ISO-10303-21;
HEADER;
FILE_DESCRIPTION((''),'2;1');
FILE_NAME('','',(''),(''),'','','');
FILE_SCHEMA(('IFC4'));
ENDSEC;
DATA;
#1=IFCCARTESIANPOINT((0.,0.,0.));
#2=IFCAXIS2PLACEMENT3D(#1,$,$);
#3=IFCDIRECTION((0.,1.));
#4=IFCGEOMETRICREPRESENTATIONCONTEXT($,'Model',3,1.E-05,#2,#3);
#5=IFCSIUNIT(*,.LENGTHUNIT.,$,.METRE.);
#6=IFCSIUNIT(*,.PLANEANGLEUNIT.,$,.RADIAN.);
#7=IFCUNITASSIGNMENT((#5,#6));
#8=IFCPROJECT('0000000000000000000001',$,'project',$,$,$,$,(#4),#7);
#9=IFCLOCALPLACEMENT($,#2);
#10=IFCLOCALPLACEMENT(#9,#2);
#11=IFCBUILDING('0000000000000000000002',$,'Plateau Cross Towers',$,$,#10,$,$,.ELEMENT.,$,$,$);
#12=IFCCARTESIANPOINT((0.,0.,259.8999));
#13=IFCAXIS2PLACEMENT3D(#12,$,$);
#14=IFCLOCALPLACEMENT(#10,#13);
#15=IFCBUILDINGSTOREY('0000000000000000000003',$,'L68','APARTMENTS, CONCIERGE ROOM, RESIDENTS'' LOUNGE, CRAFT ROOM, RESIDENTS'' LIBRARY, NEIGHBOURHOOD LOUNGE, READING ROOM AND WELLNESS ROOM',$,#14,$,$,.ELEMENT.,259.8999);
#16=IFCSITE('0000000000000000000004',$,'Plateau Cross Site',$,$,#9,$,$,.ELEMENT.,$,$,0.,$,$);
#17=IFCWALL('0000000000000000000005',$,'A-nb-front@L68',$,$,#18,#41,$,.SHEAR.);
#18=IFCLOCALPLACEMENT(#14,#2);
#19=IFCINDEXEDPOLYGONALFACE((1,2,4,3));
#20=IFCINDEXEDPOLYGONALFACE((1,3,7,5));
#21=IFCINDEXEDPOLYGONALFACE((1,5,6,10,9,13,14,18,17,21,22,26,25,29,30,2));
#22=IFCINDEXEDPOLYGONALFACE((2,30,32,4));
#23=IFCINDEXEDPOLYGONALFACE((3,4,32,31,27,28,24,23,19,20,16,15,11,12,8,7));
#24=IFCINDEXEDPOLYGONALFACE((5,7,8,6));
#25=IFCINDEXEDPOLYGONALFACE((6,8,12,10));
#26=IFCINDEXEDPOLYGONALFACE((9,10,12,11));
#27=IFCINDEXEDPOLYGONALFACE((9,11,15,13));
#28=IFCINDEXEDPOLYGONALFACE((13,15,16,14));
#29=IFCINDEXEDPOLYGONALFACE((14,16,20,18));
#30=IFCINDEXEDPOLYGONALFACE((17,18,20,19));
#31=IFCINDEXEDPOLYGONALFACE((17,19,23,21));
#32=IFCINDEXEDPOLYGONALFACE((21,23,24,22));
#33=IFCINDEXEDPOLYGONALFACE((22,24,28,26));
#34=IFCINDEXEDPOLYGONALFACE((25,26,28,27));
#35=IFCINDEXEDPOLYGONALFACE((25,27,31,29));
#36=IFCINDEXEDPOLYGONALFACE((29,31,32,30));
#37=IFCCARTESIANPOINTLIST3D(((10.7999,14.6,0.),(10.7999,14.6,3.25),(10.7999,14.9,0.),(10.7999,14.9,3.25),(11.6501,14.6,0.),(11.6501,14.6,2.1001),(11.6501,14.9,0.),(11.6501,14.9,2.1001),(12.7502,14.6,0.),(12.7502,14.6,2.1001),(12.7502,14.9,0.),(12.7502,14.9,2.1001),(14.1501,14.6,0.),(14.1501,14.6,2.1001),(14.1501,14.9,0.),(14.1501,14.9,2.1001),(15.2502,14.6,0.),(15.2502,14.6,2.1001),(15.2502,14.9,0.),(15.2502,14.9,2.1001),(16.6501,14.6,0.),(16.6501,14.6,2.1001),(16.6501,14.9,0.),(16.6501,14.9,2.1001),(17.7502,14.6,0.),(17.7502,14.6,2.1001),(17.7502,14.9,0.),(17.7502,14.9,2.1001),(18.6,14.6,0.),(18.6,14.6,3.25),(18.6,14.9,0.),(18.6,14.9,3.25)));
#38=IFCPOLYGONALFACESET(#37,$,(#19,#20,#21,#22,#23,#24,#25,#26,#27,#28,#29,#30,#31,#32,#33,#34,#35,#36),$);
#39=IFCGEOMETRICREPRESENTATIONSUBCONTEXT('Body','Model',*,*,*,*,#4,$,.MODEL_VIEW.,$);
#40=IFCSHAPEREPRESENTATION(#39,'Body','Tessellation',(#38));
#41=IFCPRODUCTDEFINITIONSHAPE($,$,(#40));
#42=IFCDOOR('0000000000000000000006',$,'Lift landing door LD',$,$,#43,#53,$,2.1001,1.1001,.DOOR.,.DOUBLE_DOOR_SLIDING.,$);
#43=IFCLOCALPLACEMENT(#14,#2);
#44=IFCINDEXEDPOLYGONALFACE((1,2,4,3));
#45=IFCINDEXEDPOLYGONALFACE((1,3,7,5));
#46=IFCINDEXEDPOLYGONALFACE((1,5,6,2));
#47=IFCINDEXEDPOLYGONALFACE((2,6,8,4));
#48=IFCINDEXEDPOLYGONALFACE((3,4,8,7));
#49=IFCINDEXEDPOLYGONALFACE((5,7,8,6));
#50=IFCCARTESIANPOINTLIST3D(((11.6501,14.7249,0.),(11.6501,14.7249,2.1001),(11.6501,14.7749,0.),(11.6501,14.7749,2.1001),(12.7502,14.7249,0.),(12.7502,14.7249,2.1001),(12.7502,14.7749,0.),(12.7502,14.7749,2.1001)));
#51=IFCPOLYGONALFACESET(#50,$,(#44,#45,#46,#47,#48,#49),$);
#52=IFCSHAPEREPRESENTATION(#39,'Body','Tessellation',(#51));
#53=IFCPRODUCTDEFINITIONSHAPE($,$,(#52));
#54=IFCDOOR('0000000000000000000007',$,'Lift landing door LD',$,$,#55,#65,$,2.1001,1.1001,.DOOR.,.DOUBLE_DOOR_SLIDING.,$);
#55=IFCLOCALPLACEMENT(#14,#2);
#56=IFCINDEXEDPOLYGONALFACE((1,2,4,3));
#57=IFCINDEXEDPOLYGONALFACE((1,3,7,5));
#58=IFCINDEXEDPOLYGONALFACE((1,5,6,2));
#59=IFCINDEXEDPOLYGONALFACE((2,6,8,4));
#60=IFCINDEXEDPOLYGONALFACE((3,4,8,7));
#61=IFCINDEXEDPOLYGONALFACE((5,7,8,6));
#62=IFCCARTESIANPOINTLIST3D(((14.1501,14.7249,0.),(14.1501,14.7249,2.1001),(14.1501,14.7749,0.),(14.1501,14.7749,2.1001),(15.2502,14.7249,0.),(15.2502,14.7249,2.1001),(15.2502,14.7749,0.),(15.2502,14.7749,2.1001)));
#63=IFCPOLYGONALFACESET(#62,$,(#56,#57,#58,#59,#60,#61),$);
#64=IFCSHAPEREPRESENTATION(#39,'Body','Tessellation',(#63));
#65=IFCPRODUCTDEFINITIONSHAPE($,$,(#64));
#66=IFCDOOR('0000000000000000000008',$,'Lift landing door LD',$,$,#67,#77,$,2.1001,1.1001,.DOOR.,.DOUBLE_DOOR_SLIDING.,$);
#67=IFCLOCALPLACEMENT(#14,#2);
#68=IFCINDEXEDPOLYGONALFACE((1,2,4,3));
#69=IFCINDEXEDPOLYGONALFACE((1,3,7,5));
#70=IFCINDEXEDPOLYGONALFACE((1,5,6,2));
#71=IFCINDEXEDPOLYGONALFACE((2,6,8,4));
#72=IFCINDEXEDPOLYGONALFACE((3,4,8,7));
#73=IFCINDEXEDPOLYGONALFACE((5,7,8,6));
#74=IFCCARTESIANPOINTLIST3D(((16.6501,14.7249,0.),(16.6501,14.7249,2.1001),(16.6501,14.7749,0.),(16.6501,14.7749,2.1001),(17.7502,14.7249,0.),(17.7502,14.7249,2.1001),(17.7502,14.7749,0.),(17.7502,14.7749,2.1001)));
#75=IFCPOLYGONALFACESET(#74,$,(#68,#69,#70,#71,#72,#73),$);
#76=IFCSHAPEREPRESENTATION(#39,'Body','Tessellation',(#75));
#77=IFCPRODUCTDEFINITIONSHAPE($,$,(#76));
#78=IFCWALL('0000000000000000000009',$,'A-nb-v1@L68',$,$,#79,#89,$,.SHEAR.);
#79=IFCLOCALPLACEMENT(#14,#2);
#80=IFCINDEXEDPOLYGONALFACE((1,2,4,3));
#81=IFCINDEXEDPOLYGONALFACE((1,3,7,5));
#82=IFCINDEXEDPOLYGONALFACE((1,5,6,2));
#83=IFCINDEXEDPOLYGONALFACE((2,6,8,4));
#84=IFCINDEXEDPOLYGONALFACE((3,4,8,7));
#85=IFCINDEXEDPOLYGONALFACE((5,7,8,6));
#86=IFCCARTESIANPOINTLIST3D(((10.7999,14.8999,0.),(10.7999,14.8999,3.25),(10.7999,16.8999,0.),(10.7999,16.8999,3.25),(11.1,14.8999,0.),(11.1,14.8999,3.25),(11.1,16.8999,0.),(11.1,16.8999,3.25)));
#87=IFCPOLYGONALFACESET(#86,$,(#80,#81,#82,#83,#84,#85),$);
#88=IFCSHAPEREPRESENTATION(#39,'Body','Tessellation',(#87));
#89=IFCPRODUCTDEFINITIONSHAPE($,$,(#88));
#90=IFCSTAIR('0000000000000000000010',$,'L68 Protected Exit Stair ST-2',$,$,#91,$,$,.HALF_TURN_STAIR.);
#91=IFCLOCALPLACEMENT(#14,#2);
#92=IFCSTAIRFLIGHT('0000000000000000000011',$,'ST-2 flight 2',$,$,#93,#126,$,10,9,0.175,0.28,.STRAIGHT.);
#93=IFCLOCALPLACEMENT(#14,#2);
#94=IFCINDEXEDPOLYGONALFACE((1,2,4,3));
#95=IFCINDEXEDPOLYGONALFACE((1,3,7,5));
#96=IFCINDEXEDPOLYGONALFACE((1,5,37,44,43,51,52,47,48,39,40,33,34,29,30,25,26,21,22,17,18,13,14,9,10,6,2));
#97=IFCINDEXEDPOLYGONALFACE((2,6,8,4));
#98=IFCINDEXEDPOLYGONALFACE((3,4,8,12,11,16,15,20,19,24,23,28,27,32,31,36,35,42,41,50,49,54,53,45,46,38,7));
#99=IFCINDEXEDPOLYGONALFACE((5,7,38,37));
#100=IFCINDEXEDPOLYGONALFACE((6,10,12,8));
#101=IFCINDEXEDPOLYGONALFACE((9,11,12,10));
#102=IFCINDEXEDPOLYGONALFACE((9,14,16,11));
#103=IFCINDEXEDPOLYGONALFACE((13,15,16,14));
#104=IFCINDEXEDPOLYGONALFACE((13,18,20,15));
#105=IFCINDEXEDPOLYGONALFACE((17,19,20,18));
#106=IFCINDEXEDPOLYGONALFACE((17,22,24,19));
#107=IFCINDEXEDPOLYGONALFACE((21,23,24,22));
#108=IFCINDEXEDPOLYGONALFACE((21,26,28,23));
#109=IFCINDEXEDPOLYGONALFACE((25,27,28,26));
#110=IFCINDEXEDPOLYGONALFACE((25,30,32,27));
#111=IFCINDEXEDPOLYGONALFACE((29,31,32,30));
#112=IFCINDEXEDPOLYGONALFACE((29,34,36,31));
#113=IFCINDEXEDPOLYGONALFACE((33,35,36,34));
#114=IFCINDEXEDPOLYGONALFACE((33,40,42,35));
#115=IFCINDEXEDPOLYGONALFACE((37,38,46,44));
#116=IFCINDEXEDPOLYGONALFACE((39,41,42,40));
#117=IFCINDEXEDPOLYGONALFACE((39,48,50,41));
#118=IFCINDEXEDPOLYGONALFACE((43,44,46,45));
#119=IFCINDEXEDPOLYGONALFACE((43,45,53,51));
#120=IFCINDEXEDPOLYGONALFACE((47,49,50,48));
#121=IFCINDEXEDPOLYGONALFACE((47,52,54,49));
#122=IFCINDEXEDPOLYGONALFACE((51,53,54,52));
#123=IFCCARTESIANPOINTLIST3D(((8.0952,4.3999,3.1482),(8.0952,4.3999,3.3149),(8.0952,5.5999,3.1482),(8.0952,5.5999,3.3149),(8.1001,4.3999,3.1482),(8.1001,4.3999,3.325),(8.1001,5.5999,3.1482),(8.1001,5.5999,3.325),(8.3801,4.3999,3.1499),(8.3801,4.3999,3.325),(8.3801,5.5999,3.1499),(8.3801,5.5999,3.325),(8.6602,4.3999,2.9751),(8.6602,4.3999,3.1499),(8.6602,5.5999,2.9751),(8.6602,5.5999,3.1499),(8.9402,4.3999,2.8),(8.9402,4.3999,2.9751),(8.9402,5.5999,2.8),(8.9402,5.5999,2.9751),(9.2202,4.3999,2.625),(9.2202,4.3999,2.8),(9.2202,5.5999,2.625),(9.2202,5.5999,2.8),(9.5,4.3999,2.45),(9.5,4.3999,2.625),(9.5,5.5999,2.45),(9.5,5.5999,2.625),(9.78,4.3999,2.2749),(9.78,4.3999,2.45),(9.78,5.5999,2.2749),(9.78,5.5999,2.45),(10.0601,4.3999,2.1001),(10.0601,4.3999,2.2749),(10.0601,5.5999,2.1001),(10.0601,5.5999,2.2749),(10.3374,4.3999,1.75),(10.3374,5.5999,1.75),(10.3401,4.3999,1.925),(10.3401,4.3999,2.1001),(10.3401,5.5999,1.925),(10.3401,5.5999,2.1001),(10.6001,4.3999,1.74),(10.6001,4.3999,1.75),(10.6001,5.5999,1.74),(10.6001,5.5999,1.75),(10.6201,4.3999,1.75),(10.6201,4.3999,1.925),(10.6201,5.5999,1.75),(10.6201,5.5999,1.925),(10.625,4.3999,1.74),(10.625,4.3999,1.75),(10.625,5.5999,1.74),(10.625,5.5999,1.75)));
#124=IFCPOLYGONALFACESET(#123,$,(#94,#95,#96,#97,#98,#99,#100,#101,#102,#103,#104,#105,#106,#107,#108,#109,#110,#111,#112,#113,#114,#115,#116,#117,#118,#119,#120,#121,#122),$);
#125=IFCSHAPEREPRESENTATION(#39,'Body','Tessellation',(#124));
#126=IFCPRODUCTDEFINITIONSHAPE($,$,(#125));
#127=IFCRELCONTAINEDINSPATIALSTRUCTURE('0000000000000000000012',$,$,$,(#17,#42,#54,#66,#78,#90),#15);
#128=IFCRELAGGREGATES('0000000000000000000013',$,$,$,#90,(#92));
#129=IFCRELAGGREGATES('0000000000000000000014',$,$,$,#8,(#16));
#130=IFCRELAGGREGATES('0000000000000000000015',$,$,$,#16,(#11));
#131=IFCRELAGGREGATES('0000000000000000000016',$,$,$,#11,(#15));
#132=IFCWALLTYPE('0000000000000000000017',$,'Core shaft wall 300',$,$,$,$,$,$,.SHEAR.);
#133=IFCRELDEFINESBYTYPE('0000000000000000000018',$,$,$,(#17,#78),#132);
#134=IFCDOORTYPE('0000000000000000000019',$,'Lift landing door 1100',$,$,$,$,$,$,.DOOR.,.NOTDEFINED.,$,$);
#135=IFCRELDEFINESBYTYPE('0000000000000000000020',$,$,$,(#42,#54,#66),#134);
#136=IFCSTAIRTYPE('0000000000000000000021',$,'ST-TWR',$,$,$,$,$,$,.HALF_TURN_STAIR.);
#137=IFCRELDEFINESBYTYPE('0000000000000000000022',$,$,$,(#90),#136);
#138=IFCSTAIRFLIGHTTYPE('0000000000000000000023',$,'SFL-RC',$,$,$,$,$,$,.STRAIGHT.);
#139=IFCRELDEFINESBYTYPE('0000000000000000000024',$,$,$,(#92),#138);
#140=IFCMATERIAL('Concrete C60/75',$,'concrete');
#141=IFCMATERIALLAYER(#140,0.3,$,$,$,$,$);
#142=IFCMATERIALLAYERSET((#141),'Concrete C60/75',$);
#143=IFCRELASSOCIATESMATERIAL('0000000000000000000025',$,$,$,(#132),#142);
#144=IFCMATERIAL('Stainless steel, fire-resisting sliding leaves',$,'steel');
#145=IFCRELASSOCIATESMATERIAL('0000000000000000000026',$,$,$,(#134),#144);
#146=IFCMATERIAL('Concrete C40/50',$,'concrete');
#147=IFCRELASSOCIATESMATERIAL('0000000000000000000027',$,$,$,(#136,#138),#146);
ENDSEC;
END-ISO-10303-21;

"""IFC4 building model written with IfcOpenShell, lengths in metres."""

from ifc_helpers import new_model, si_unit, direction, frame, frame_2d, origin, place, context, subcontext, project, spatial, polyline, rectangle, outline, extrude, material, layer, layer_set, type_object, element, fill, aggregate, save


model = new_model("IFC4")

# Units and contexts
model_context = context("Model", 3, precision=1e-05, world=origin(), true_north=direction((0.0, 1.0)))
body_context = subcontext(model_context, "Body", "Model", "MODEL_VIEW")
ifc_project = project(units=[si_unit("LENGTHUNIT", "METRE"), si_unit("PLANEANGLEUNIT", "RADIAN")], contexts=[model_context])

# Site, building, storey
site_placement = place(None, origin())
site = spatial("IfcSite", under=ifc_project, at=site_placement, Name="Plateau Cross Site", CompositionType="ELEMENT", RefElevation=0.0)
building_placement = place(site_placement, origin())
building = spatial("IfcBuilding", under=site, at=building_placement, Name="Plateau Cross Towers", CompositionType="ELEMENT")
storey_placement = place(building_placement, frame((0.0, 0.0, 259.8999)))
storey = spatial("IfcBuildingStorey", under=building, at=storey_placement, Name="L68", Description="APARTMENTS, CONCIERGE ROOM, RESIDENTS' LOUNGE, CRAFT ROOM, RESIDENTS' LIBRARY, NEIGHBOURHOOD LOUNGE, READING ROOM AND WELLNESS ROOM", CompositionType="ELEMENT", Elevation=259.8999)

# Shared definitions
ifc_material_1 = material(Name="Concrete C60/75", Category="concrete")
ifc_layer_1 = layer(ifc_material_1, 0.3)
ifc_layer_set_1 = layer_set([ifc_layer_1], Name="Concrete C60/75")
wall_type_1 = type_object("IfcWallType", Name="Core shaft wall 300", PredefinedType="SHEAR", material=ifc_layer_set_1)

# Wall, openings, doors
wall_1_placement = place(storey_placement, frame((10.8, 14.75, 0.0), z_axis=(0.0, 0.0, 1.0), x_axis=(1.0, 0.0, 0.0)))
wall_1 = element("IfcWall", 1, at=wall_1_placement, inside=storey, type_object=wall_type_1, Name="A-nb-front@L68", PredefinedType="SHEAR", context=body_context, shape_type="SweptSolid", body=[
    extrude(rectangle(XDim=7.8, YDim=0.3, at=frame_2d((3.8999, 0.0))), origin(), (0.0, 0.0, 1.0), 3.25),
])
opening_1_placement = place(wall_1_placement, frame((0.8501, 0.0, 0.0)))
opening_1 = element("IfcOpeningElement", 2, at=opening_1_placement, cuts=wall_1, PredefinedType="OPENING", context=body_context, shape_type="SweptSolid", body=[
    extrude(rectangle(XDim=1.1001, YDim=2.1001, at=frame_2d((0.55, 1.05))), frame((0.0, 0.1599, 0.0), z_axis=(0.0, -1.0, 0.0), x_axis=(1.0, 0.0, 0.0)), (0.0, 0.0, 1.0), 0.3201),
])
opening_2_placement = place(wall_1_placement, frame((3.3501, 0.0, 0.0)))
opening_2 = element("IfcOpeningElement", 3, at=opening_2_placement, cuts=wall_1, PredefinedType="OPENING", context=body_context, shape_type="SweptSolid", body=[
    extrude(rectangle(XDim=1.1001, YDim=2.1001, at=frame_2d((0.55, 1.05))), frame((0.0, 0.1599, 0.0), z_axis=(0.0, -1.0, 0.0), x_axis=(1.0, 0.0, 0.0)), (0.0, 0.0, 1.0), 0.3201),
])
opening_3_placement = place(wall_1_placement, frame((5.8501, 0.0, 0.0)))
opening_3 = element("IfcOpeningElement", 4, at=opening_3_placement, cuts=wall_1, PredefinedType="OPENING", context=body_context, shape_type="SweptSolid", body=[
    extrude(rectangle(XDim=1.1001, YDim=2.1001, at=frame_2d((0.55, 1.05))), frame((0.0, 0.1599, 0.0), z_axis=(0.0, -1.0, 0.0), x_axis=(1.0, 0.0, 0.0)), (0.0, 0.0, 1.0), 0.3201),
])
ifc_material_2 = material(Name="Stainless steel, fire-resisting sliding leaves", Category="steel")
door_type_1 = type_object("IfcDoorType", Name="Lift landing door 1100", OperationType="NOTDEFINED", PredefinedType="DOOR", material=ifc_material_2)
door_1_placement = place(opening_1_placement, origin())
door_1 = element("IfcDoor", 5, at=door_1_placement, inside=storey, type_object=door_type_1, Name="Lift landing door LD", OperationType="DOUBLE_DOOR_SLIDING", OverallHeight=2.1001, OverallWidth=1.1001, PredefinedType="DOOR", context=body_context, shape_type="SweptSolid", body=[
    extrude(rectangle(XDim=1.1001, YDim=2.1001, at=frame_2d((0.55, 1.05))), frame((0.0, 0.0249, 0.0), z_axis=(0.0, -1.0, 0.0), x_axis=(1.0, 0.0, 0.0)), (0.0, 0.0, 1.0), 0.05),
])
fill(opening_1, door_1)
door_2_placement = place(opening_2_placement, origin())
door_2 = element("IfcDoor", 6, at=door_2_placement, inside=storey, type_object=door_type_1, Name="Lift landing door LD", OperationType="DOUBLE_DOOR_SLIDING", OverallHeight=2.1001, OverallWidth=1.1001, PredefinedType="DOOR", context=body_context, shape_type="SweptSolid", body=[
    extrude(rectangle(XDim=1.1001, YDim=2.1001, at=frame_2d((0.55, 1.05))), frame((0.0, 0.0249, 0.0), z_axis=(0.0, -1.0, 0.0), x_axis=(1.0, 0.0, 0.0)), (0.0, 0.0, 1.0), 0.05),
])
fill(opening_2, door_2)
door_3_placement = place(opening_3_placement, origin())
door_3 = element("IfcDoor", 7, at=door_3_placement, inside=storey, type_object=door_type_1, Name="Lift landing door LD", OperationType="DOUBLE_DOOR_SLIDING", OverallHeight=2.1001, OverallWidth=1.1001, PredefinedType="DOOR", context=body_context, shape_type="SweptSolid", body=[
    extrude(rectangle(XDim=1.1001, YDim=2.1001, at=frame_2d((0.55, 1.05))), frame((0.0, 0.0249, 0.0), z_axis=(0.0, -1.0, 0.0), x_axis=(1.0, 0.0, 0.0)), (0.0, 0.0, 1.0), 0.05),
])
fill(opening_3, door_3)

# Wall
wall_2_placement = place(storey_placement, frame((10.95, 14.8999, 0.0), z_axis=(0.0, 0.0, 1.0), x_axis=(0.0, 1.0, 0.0)))
element("IfcWall", 8, at=wall_2_placement, inside=storey, type_object=wall_type_1, Name="A-nb-v1@L68", PredefinedType="SHEAR", context=body_context, shape_type="SweptSolid", body=[
    extrude(rectangle(XDim=2.0, YDim=0.3, at=frame_2d((1.0, 0.0))), origin(), (0.0, 0.0, 1.0), 3.25),
])

# Stair, stair flight
ifc_material_3 = material(Name="Concrete C40/50", Category="concrete")
stair_type = type_object("IfcStairType", Name="ST-TWR", PredefinedType="HALF_TURN_STAIR", material=ifc_material_3)
stair_placement = place(storey_placement, origin())
stair = element("IfcStair", 9, at=stair_placement, inside=storey, type_object=stair_type, Name="L68 Protected Exit Stair ST-2", PredefinedType="HALF_TURN_STAIR")
stair_flight_type = type_object("IfcStairFlightType", Name="SFL-RC", PredefinedType="STRAIGHT", material=ifc_material_3)
stair_flight_placement = place(storey_placement, frame((10.6201, 5.0, 1.75), z_axis=(0.0, 0.0, 1.0), x_axis=(-1.0, 0.0, 0.0)))
stair_flight = element("IfcStairFlight", 10, at=stair_flight_placement, type_object=stair_flight_type, Name="ST-2 flight 2", NumberOfRisers=10, NumberOfTreads=9, PredefinedType="STRAIGHT", RiserHeight=0.175, TreadLength=0.28, context=body_context, shape_type="SweptSolid", body=[
    extrude(outline(polyline([(-0.0049, -0.01), (-0.0049, 0.0), (0.0, 0.0), (0.0, 0.175), (0.28, 0.175), (0.28, 0.3501), (0.5601, 0.3501), (0.5601, 0.5249), (0.8401, 0.5249), (0.8401, 0.7), (1.1201, 0.7), (1.1201, 0.875), (1.3999, 0.875), (1.3999, 1.05), (1.6799, 1.05), (1.6799, 1.2251), (1.96, 1.2251), (1.96, 1.3999), (2.24, 1.3999), (2.24, 1.575), (2.52, 1.575), (2.5249, 1.5649), (2.5249, 1.3982), (2.52, 1.3982), (0.2827, 0.0), (0.02, 0.0), (0.02, -0.01), (-0.0049, -0.01)])), frame((0.0, 0.6001, 0.0), z_axis=(0.0, -1.0, 0.0), x_axis=(1.0, 0.0, 0.0)), (0.0, 0.0, 1.0), 1.2),
])
aggregate(stair, [stair_flight])

save(model, "model.ifc")
